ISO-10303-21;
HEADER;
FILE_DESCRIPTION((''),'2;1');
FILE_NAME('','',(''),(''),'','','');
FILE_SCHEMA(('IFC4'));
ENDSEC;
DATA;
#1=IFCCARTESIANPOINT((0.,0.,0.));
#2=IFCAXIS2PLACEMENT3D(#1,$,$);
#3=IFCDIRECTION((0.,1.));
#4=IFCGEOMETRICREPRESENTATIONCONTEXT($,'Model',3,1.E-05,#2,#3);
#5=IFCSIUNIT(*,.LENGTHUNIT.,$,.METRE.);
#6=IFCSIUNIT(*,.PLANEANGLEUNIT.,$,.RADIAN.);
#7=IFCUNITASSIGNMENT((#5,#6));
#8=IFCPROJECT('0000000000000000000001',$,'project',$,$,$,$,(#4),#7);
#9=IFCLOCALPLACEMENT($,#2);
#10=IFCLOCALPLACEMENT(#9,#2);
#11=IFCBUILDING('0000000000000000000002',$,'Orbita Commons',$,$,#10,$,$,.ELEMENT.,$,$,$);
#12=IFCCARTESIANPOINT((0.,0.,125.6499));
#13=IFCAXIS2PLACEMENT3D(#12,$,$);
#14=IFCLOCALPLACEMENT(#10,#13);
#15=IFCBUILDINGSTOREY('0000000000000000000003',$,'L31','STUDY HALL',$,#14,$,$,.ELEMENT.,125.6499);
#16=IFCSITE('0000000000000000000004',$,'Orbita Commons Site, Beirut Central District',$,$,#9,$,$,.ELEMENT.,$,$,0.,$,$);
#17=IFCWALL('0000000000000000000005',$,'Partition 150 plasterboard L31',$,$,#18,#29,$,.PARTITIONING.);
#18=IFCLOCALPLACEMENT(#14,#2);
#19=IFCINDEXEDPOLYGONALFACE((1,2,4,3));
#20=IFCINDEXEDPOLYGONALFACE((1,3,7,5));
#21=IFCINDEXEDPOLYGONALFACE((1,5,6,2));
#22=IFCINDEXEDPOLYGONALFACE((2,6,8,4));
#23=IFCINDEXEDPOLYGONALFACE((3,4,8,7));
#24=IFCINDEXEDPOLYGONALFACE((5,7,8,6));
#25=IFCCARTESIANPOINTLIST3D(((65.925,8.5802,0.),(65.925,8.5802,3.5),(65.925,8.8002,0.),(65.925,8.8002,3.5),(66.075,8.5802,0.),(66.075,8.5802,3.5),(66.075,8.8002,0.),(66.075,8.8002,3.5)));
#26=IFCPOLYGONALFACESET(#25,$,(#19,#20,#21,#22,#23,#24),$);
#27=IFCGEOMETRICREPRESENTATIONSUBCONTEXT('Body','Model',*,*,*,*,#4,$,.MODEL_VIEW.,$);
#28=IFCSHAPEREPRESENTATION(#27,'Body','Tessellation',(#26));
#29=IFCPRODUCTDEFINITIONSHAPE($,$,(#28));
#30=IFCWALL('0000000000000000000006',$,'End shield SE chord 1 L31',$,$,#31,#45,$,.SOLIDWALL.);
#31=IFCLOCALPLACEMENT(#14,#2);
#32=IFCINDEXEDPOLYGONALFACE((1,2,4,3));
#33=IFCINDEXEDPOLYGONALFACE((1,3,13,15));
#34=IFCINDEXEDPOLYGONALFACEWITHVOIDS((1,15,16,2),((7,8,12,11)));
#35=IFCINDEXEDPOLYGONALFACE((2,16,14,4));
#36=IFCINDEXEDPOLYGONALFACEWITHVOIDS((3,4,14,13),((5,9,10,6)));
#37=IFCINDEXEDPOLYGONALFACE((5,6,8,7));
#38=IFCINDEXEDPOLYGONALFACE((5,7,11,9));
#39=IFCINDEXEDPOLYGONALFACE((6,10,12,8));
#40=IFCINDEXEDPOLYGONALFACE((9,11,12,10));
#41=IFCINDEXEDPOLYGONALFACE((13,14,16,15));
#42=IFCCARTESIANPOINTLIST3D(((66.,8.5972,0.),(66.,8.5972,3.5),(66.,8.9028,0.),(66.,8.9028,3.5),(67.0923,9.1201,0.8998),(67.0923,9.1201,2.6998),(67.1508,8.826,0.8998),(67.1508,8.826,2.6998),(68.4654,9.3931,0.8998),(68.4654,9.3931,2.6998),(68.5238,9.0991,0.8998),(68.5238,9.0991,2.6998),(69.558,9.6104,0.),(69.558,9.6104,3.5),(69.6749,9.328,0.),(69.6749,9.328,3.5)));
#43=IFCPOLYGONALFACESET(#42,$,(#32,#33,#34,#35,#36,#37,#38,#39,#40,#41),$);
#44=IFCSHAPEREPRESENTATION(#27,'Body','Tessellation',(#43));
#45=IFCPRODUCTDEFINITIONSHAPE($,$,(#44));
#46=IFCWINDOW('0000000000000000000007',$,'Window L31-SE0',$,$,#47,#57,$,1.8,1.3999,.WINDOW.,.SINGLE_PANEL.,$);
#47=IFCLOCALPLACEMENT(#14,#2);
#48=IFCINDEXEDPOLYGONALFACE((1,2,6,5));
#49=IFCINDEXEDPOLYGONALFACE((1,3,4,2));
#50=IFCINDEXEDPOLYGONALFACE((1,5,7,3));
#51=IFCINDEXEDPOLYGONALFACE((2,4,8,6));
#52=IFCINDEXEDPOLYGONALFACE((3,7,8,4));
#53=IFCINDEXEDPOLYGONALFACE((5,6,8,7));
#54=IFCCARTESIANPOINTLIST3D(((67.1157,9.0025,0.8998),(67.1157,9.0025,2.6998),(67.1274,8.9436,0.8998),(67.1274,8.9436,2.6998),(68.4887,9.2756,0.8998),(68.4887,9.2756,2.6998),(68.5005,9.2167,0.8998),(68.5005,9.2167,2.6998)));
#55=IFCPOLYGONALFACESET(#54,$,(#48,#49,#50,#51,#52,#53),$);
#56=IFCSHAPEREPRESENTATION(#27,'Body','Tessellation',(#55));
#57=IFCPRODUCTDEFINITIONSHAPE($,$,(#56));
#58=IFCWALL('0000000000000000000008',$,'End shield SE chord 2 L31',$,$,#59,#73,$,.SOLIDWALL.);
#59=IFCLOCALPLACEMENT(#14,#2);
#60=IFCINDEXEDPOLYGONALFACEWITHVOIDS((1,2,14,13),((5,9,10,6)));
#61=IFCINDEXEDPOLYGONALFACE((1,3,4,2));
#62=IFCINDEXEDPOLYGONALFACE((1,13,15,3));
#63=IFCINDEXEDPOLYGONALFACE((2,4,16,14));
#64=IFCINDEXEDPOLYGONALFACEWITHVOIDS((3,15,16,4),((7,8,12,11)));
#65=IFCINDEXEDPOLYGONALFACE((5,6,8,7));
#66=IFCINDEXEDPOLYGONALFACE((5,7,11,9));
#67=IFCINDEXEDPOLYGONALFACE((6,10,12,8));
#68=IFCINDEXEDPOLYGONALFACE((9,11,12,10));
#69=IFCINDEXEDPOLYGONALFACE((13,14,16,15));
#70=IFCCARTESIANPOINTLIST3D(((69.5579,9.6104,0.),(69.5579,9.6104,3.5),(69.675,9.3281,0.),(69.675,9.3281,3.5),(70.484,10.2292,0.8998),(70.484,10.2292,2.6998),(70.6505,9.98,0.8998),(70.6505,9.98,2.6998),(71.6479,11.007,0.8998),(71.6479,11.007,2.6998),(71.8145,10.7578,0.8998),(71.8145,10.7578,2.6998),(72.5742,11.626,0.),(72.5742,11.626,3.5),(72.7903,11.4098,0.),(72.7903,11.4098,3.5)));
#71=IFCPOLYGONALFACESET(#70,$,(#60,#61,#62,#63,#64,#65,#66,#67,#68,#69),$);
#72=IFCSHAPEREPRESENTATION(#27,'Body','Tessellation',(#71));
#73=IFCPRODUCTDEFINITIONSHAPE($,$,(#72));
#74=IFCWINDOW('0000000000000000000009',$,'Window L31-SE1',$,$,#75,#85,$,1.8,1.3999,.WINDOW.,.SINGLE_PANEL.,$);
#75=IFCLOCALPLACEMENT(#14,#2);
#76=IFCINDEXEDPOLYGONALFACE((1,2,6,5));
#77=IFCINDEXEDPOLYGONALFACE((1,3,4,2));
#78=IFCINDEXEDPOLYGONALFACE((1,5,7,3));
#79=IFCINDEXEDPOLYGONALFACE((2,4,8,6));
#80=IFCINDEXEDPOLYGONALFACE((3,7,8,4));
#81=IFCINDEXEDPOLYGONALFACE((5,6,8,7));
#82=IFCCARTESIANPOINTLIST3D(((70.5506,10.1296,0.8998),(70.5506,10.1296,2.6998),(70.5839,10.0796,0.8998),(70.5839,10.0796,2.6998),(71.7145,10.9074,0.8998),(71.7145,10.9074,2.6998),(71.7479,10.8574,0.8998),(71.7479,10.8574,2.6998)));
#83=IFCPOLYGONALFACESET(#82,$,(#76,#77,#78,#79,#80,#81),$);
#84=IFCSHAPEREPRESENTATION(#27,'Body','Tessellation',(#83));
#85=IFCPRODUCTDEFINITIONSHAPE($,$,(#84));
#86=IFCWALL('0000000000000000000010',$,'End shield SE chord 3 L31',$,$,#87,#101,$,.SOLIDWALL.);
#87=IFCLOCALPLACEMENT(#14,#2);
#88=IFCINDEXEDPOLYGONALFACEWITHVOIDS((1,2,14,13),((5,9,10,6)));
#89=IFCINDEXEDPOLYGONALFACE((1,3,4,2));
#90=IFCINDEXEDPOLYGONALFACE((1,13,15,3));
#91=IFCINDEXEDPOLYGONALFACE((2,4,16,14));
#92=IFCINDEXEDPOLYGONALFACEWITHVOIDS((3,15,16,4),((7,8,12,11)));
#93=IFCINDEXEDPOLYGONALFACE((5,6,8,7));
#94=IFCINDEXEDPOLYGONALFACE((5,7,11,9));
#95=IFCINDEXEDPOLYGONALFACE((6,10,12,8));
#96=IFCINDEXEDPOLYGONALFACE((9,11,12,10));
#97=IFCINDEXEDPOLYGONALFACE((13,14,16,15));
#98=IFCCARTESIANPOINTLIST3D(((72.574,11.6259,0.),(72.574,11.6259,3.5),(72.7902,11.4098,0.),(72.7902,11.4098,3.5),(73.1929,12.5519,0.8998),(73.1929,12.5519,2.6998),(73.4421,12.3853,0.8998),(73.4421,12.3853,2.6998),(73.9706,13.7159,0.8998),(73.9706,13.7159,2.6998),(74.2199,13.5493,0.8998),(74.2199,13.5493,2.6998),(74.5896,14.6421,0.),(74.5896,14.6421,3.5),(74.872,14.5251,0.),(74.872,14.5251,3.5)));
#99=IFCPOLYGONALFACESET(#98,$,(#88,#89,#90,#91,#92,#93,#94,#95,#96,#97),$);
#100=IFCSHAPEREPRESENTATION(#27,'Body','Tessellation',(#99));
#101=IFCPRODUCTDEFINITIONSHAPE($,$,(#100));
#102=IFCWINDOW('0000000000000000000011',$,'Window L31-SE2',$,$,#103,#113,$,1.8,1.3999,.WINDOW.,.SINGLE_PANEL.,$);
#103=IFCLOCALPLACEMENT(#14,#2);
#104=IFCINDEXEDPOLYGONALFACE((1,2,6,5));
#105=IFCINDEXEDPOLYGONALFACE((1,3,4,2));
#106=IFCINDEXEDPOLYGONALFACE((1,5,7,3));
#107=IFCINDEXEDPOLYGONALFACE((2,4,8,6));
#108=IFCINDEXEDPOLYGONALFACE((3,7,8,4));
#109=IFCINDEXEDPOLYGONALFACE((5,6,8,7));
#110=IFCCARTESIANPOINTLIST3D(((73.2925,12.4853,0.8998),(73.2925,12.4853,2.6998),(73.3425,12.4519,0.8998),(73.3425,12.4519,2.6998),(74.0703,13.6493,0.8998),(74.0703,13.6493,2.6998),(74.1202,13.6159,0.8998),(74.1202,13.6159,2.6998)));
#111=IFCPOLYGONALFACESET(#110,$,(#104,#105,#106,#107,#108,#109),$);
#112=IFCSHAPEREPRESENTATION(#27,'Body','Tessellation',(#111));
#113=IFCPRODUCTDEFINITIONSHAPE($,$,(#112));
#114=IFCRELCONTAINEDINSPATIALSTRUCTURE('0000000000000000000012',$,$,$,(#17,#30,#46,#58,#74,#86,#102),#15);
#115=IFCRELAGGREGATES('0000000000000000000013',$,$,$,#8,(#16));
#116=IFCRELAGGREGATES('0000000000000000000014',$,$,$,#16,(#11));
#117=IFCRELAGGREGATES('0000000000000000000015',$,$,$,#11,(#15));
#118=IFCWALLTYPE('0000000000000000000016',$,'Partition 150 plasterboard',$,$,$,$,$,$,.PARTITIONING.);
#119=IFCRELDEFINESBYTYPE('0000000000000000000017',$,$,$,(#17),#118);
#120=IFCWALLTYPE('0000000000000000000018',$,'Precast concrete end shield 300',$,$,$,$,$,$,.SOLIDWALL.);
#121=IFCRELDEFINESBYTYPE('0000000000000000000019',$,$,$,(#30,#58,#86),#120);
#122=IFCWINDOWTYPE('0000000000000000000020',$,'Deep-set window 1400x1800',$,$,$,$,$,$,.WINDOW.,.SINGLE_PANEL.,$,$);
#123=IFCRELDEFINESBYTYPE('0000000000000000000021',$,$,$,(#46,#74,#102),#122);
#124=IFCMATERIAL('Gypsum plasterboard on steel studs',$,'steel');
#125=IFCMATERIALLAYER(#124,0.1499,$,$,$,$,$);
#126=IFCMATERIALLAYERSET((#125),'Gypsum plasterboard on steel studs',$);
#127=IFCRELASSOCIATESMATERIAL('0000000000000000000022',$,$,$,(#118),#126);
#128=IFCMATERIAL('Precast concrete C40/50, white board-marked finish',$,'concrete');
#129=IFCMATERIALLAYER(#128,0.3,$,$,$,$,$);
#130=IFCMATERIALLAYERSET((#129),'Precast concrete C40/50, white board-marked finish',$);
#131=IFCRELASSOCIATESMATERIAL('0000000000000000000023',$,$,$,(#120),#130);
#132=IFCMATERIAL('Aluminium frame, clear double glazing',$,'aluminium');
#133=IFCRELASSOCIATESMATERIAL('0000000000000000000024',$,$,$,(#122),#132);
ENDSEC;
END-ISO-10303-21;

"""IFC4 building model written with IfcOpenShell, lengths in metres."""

from ifc_helpers import new_model, si_unit, direction, frame, frame_2d, origin, place, context, subcontext, project, spatial, polyline, rectangle, outline, extrude, material, layer, layer_set, type_object, element, fill, save


model = new_model("IFC4")

# Units and contexts
model_context = context("Model", 3, precision=1e-05, world=origin(), true_north=direction((0.0, 1.0)))
body_context = subcontext(model_context, "Body", "Model", "MODEL_VIEW")
ifc_project = project(units=[si_unit("LENGTHUNIT", "METRE"), si_unit("PLANEANGLEUNIT", "RADIAN")], contexts=[model_context])

# Site, building, storey
site_placement = place(None, origin())
site = spatial("IfcSite", under=ifc_project, at=site_placement, Name="Orbita Commons Site, Beirut Central District", CompositionType="ELEMENT", RefElevation=0.0)
building_placement = place(site_placement, origin())
building = spatial("IfcBuilding", under=site, at=building_placement, Name="Orbita Commons", CompositionType="ELEMENT")
storey_placement = place(building_placement, frame((0.0, 0.0, 125.6499)))
storey = spatial("IfcBuildingStorey", under=building, at=storey_placement, Name="L31", Description="STUDY HALL", CompositionType="ELEMENT", Elevation=125.6499)

# Wall
ifc_material_1 = material(Name="Gypsum plasterboard on steel studs", Category="steel")
ifc_layer_1 = layer(ifc_material_1, 0.1499)
ifc_layer_set_1 = layer_set([ifc_layer_1], Name="Gypsum plasterboard on steel studs")
wall_type_1 = type_object("IfcWallType", Name="Partition 150 plasterboard", PredefinedType="PARTITIONING", material=ifc_layer_set_1)
wall_1_placement = place(storey_placement, frame((66.0, 8.8, 0.0), z_axis=(0.0, 0.0, 1.0), x_axis=(0.0, -1.0, 0.0)))
element("IfcWall", 1, at=wall_1_placement, inside=storey, type_object=wall_type_1, Name="Partition 150 plasterboard L31", PredefinedType="PARTITIONING", context=body_context, shape_type="SweptSolid", body=[
    extrude(rectangle(XDim=0.22, YDim=0.1499, at=frame_2d((0.1099, 0.0))), origin(), (0.0, 0.0, 1.0), 3.5),
])

# Walls, openings, windows
ifc_material_2 = material(Name="Precast concrete C40/50, white board-marked finish", Category="concrete")
ifc_layer_2 = layer(ifc_material_2, 0.3)
ifc_layer_set_2 = layer_set([ifc_layer_2], Name="Precast concrete C40/50, white board-marked finish")
wall_type_2 = type_object("IfcWallType", Name="Precast concrete end shield 300", PredefinedType="SOLIDWALL", material=ifc_layer_set_2)
wall_2_placement = place(storey_placement, frame((66.0, 8.75, 0.0), z_axis=(0.0, 0.0, 1.0), x_axis=(0.980791, 0.195059, 0.0)))
wall_2 = element("IfcWall", 2, at=wall_2_placement, inside=storey, type_object=wall_type_2, Name="End shield SE chord 1 L31", PredefinedType="SOLIDWALL", context=body_context, shape_type="SweptSolid", body=[
    extrude(outline(polyline([(-0.0298, -0.1499), (3.717, -0.1499), (3.6575, 0.1499), (0.0298, 0.1499), (-0.0298, -0.1499)])), origin(), (0.0, 0.0, 1.0), 3.5),
])
opening_1_placement = place(wall_2_placement, frame((1.1436, 0.0, 0.8999)))
opening_1 = element("IfcOpeningElement", 3, at=opening_1_placement, cuts=wall_2, PredefinedType="OPENING", context=body_context, shape_type="SweptSolid", body=[
    extrude(rectangle(XDim=1.3999, YDim=1.8, at=frame_2d((0.7, 0.8999))), frame((0.0, 0.1599, 0.0), z_axis=(0.0, -1.0, 0.0), x_axis=(1.0, 0.0, 0.0)), (0.0, 0.0, 1.0), 0.3201),
])
ifc_material_3 = material(Name="Aluminium frame, clear double glazing", Category="aluminium")
window_type = type_object("IfcWindowType", Name="Deep-set window 1400x1800", PartitioningType="SINGLE_PANEL", PredefinedType="WINDOW", material=ifc_material_3)
window_1_placement = place(opening_1_placement, origin())
window_1 = element("IfcWindow", 4, at=window_1_placement, inside=storey, type_object=window_type, Name="Window L31-SE0", OverallHeight=1.8, OverallWidth=1.3999, PartitioningType="SINGLE_PANEL", PredefinedType="WINDOW", context=body_context, shape_type="SweptSolid", body=[
    extrude(rectangle(XDim=1.3999, YDim=1.8, at=frame_2d((0.7, 0.8999))), frame((0.0, 0.03, 0.0), z_axis=(0.0, -1.0, 0.0), x_axis=(1.0, 0.0, 0.0)), (0.0, 0.0, 1.0), 0.0601),
])
fill(opening_1, window_1)
wall_3_placement = place(storey_placement, frame((69.6165, 9.4692, 0.0), z_axis=(0.0, 0.0, 1.0), x_axis=(0.831449, 0.555601, 0.0)))
wall_3 = element("IfcWall", 5, at=wall_3_placement, inside=storey, type_object=wall_type_2, Name="End shield SE chord 2 L31", PredefinedType="SOLIDWALL", context=body_context, shape_type="SweptSolid", body=[
    extrude(outline(polyline([(-0.0298, -0.1499), (3.717, -0.1499), (3.6575, 0.1499), (0.0298, 0.1499), (-0.0298, -0.1499)])), origin(), (0.0, 0.0, 1.0), 3.5),
])
opening_2_placement = place(wall_3_placement, frame((1.1436, 0.0, 0.8999)))
opening_2 = element("IfcOpeningElement", 6, at=opening_2_placement, cuts=wall_3, PredefinedType="OPENING", context=body_context, shape_type="SweptSolid", body=[
    extrude(rectangle(XDim=1.3999, YDim=1.8, at=frame_2d((0.7, 0.8999))), frame((0.0, 0.1599, 0.0), z_axis=(0.0, -1.0, 0.0), x_axis=(1.0, 0.0, 0.0)), (0.0, 0.0, 1.0), 0.3201),
])
window_2_placement = place(opening_2_placement, origin())
window_2 = element("IfcWindow", 7, at=window_2_placement, inside=storey, type_object=window_type, Name="Window L31-SE1", OverallHeight=1.8, OverallWidth=1.3999, PartitioningType="SINGLE_PANEL", PredefinedType="WINDOW", context=body_context, shape_type="SweptSolid", body=[
    extrude(rectangle(XDim=1.3999, YDim=1.8, at=frame_2d((0.7, 0.8999))), frame((0.0, 0.03, 0.0), z_axis=(0.0, -1.0, 0.0), x_axis=(1.0, 0.0, 0.0)), (0.0, 0.0, 1.0), 0.0601),
])
fill(opening_2, window_2)
wall_4_placement = place(storey_placement, frame((72.6821, 11.5178, 0.0), z_axis=(0.0, 0.0, 1.0), x_axis=(0.555601, 0.831449, 0.0)))
wall_4 = element("IfcWall", 8, at=wall_4_placement, inside=storey, type_object=wall_type_2, Name="End shield SE chord 3 L31", PredefinedType="SOLIDWALL", context=body_context, shape_type="SweptSolid", body=[
    extrude(outline(polyline([(-0.0298, -0.1499), (3.717, -0.1499), (3.6575, 0.1499), (0.0298, 0.1499), (-0.0298, -0.1499)])), origin(), (0.0, 0.0, 1.0), 3.5),
])
opening_3_placement = place(wall_4_placement, frame((1.1436, 0.0, 0.8999)))
opening_3 = element("IfcOpeningElement", 9, at=opening_3_placement, cuts=wall_4, PredefinedType="OPENING", context=body_context, shape_type="SweptSolid", body=[
    extrude(rectangle(XDim=1.3999, YDim=1.8, at=frame_2d((0.7, 0.8999))), frame((0.0, 0.1599, 0.0), z_axis=(0.0, -1.0, 0.0), x_axis=(1.0, 0.0, 0.0)), (0.0, 0.0, 1.0), 0.3201),
])
window_3_placement = place(opening_3_placement, origin())
window_3 = element("IfcWindow", 10, at=window_3_placement, inside=storey, type_object=window_type, Name="Window L31-SE2", OverallHeight=1.8, OverallWidth=1.3999, PartitioningType="SINGLE_PANEL", PredefinedType="WINDOW", context=body_context, shape_type="SweptSolid", body=[
    extrude(rectangle(XDim=1.3999, YDim=1.8, at=frame_2d((0.7, 0.8999))), frame((0.0, 0.03, 0.0), z_axis=(0.0, -1.0, 0.0), x_axis=(1.0, 0.0, 0.0)), (0.0, 0.0, 1.0), 0.0601),
])
fill(opening_3, window_3)

save(model, "model.ifc")
